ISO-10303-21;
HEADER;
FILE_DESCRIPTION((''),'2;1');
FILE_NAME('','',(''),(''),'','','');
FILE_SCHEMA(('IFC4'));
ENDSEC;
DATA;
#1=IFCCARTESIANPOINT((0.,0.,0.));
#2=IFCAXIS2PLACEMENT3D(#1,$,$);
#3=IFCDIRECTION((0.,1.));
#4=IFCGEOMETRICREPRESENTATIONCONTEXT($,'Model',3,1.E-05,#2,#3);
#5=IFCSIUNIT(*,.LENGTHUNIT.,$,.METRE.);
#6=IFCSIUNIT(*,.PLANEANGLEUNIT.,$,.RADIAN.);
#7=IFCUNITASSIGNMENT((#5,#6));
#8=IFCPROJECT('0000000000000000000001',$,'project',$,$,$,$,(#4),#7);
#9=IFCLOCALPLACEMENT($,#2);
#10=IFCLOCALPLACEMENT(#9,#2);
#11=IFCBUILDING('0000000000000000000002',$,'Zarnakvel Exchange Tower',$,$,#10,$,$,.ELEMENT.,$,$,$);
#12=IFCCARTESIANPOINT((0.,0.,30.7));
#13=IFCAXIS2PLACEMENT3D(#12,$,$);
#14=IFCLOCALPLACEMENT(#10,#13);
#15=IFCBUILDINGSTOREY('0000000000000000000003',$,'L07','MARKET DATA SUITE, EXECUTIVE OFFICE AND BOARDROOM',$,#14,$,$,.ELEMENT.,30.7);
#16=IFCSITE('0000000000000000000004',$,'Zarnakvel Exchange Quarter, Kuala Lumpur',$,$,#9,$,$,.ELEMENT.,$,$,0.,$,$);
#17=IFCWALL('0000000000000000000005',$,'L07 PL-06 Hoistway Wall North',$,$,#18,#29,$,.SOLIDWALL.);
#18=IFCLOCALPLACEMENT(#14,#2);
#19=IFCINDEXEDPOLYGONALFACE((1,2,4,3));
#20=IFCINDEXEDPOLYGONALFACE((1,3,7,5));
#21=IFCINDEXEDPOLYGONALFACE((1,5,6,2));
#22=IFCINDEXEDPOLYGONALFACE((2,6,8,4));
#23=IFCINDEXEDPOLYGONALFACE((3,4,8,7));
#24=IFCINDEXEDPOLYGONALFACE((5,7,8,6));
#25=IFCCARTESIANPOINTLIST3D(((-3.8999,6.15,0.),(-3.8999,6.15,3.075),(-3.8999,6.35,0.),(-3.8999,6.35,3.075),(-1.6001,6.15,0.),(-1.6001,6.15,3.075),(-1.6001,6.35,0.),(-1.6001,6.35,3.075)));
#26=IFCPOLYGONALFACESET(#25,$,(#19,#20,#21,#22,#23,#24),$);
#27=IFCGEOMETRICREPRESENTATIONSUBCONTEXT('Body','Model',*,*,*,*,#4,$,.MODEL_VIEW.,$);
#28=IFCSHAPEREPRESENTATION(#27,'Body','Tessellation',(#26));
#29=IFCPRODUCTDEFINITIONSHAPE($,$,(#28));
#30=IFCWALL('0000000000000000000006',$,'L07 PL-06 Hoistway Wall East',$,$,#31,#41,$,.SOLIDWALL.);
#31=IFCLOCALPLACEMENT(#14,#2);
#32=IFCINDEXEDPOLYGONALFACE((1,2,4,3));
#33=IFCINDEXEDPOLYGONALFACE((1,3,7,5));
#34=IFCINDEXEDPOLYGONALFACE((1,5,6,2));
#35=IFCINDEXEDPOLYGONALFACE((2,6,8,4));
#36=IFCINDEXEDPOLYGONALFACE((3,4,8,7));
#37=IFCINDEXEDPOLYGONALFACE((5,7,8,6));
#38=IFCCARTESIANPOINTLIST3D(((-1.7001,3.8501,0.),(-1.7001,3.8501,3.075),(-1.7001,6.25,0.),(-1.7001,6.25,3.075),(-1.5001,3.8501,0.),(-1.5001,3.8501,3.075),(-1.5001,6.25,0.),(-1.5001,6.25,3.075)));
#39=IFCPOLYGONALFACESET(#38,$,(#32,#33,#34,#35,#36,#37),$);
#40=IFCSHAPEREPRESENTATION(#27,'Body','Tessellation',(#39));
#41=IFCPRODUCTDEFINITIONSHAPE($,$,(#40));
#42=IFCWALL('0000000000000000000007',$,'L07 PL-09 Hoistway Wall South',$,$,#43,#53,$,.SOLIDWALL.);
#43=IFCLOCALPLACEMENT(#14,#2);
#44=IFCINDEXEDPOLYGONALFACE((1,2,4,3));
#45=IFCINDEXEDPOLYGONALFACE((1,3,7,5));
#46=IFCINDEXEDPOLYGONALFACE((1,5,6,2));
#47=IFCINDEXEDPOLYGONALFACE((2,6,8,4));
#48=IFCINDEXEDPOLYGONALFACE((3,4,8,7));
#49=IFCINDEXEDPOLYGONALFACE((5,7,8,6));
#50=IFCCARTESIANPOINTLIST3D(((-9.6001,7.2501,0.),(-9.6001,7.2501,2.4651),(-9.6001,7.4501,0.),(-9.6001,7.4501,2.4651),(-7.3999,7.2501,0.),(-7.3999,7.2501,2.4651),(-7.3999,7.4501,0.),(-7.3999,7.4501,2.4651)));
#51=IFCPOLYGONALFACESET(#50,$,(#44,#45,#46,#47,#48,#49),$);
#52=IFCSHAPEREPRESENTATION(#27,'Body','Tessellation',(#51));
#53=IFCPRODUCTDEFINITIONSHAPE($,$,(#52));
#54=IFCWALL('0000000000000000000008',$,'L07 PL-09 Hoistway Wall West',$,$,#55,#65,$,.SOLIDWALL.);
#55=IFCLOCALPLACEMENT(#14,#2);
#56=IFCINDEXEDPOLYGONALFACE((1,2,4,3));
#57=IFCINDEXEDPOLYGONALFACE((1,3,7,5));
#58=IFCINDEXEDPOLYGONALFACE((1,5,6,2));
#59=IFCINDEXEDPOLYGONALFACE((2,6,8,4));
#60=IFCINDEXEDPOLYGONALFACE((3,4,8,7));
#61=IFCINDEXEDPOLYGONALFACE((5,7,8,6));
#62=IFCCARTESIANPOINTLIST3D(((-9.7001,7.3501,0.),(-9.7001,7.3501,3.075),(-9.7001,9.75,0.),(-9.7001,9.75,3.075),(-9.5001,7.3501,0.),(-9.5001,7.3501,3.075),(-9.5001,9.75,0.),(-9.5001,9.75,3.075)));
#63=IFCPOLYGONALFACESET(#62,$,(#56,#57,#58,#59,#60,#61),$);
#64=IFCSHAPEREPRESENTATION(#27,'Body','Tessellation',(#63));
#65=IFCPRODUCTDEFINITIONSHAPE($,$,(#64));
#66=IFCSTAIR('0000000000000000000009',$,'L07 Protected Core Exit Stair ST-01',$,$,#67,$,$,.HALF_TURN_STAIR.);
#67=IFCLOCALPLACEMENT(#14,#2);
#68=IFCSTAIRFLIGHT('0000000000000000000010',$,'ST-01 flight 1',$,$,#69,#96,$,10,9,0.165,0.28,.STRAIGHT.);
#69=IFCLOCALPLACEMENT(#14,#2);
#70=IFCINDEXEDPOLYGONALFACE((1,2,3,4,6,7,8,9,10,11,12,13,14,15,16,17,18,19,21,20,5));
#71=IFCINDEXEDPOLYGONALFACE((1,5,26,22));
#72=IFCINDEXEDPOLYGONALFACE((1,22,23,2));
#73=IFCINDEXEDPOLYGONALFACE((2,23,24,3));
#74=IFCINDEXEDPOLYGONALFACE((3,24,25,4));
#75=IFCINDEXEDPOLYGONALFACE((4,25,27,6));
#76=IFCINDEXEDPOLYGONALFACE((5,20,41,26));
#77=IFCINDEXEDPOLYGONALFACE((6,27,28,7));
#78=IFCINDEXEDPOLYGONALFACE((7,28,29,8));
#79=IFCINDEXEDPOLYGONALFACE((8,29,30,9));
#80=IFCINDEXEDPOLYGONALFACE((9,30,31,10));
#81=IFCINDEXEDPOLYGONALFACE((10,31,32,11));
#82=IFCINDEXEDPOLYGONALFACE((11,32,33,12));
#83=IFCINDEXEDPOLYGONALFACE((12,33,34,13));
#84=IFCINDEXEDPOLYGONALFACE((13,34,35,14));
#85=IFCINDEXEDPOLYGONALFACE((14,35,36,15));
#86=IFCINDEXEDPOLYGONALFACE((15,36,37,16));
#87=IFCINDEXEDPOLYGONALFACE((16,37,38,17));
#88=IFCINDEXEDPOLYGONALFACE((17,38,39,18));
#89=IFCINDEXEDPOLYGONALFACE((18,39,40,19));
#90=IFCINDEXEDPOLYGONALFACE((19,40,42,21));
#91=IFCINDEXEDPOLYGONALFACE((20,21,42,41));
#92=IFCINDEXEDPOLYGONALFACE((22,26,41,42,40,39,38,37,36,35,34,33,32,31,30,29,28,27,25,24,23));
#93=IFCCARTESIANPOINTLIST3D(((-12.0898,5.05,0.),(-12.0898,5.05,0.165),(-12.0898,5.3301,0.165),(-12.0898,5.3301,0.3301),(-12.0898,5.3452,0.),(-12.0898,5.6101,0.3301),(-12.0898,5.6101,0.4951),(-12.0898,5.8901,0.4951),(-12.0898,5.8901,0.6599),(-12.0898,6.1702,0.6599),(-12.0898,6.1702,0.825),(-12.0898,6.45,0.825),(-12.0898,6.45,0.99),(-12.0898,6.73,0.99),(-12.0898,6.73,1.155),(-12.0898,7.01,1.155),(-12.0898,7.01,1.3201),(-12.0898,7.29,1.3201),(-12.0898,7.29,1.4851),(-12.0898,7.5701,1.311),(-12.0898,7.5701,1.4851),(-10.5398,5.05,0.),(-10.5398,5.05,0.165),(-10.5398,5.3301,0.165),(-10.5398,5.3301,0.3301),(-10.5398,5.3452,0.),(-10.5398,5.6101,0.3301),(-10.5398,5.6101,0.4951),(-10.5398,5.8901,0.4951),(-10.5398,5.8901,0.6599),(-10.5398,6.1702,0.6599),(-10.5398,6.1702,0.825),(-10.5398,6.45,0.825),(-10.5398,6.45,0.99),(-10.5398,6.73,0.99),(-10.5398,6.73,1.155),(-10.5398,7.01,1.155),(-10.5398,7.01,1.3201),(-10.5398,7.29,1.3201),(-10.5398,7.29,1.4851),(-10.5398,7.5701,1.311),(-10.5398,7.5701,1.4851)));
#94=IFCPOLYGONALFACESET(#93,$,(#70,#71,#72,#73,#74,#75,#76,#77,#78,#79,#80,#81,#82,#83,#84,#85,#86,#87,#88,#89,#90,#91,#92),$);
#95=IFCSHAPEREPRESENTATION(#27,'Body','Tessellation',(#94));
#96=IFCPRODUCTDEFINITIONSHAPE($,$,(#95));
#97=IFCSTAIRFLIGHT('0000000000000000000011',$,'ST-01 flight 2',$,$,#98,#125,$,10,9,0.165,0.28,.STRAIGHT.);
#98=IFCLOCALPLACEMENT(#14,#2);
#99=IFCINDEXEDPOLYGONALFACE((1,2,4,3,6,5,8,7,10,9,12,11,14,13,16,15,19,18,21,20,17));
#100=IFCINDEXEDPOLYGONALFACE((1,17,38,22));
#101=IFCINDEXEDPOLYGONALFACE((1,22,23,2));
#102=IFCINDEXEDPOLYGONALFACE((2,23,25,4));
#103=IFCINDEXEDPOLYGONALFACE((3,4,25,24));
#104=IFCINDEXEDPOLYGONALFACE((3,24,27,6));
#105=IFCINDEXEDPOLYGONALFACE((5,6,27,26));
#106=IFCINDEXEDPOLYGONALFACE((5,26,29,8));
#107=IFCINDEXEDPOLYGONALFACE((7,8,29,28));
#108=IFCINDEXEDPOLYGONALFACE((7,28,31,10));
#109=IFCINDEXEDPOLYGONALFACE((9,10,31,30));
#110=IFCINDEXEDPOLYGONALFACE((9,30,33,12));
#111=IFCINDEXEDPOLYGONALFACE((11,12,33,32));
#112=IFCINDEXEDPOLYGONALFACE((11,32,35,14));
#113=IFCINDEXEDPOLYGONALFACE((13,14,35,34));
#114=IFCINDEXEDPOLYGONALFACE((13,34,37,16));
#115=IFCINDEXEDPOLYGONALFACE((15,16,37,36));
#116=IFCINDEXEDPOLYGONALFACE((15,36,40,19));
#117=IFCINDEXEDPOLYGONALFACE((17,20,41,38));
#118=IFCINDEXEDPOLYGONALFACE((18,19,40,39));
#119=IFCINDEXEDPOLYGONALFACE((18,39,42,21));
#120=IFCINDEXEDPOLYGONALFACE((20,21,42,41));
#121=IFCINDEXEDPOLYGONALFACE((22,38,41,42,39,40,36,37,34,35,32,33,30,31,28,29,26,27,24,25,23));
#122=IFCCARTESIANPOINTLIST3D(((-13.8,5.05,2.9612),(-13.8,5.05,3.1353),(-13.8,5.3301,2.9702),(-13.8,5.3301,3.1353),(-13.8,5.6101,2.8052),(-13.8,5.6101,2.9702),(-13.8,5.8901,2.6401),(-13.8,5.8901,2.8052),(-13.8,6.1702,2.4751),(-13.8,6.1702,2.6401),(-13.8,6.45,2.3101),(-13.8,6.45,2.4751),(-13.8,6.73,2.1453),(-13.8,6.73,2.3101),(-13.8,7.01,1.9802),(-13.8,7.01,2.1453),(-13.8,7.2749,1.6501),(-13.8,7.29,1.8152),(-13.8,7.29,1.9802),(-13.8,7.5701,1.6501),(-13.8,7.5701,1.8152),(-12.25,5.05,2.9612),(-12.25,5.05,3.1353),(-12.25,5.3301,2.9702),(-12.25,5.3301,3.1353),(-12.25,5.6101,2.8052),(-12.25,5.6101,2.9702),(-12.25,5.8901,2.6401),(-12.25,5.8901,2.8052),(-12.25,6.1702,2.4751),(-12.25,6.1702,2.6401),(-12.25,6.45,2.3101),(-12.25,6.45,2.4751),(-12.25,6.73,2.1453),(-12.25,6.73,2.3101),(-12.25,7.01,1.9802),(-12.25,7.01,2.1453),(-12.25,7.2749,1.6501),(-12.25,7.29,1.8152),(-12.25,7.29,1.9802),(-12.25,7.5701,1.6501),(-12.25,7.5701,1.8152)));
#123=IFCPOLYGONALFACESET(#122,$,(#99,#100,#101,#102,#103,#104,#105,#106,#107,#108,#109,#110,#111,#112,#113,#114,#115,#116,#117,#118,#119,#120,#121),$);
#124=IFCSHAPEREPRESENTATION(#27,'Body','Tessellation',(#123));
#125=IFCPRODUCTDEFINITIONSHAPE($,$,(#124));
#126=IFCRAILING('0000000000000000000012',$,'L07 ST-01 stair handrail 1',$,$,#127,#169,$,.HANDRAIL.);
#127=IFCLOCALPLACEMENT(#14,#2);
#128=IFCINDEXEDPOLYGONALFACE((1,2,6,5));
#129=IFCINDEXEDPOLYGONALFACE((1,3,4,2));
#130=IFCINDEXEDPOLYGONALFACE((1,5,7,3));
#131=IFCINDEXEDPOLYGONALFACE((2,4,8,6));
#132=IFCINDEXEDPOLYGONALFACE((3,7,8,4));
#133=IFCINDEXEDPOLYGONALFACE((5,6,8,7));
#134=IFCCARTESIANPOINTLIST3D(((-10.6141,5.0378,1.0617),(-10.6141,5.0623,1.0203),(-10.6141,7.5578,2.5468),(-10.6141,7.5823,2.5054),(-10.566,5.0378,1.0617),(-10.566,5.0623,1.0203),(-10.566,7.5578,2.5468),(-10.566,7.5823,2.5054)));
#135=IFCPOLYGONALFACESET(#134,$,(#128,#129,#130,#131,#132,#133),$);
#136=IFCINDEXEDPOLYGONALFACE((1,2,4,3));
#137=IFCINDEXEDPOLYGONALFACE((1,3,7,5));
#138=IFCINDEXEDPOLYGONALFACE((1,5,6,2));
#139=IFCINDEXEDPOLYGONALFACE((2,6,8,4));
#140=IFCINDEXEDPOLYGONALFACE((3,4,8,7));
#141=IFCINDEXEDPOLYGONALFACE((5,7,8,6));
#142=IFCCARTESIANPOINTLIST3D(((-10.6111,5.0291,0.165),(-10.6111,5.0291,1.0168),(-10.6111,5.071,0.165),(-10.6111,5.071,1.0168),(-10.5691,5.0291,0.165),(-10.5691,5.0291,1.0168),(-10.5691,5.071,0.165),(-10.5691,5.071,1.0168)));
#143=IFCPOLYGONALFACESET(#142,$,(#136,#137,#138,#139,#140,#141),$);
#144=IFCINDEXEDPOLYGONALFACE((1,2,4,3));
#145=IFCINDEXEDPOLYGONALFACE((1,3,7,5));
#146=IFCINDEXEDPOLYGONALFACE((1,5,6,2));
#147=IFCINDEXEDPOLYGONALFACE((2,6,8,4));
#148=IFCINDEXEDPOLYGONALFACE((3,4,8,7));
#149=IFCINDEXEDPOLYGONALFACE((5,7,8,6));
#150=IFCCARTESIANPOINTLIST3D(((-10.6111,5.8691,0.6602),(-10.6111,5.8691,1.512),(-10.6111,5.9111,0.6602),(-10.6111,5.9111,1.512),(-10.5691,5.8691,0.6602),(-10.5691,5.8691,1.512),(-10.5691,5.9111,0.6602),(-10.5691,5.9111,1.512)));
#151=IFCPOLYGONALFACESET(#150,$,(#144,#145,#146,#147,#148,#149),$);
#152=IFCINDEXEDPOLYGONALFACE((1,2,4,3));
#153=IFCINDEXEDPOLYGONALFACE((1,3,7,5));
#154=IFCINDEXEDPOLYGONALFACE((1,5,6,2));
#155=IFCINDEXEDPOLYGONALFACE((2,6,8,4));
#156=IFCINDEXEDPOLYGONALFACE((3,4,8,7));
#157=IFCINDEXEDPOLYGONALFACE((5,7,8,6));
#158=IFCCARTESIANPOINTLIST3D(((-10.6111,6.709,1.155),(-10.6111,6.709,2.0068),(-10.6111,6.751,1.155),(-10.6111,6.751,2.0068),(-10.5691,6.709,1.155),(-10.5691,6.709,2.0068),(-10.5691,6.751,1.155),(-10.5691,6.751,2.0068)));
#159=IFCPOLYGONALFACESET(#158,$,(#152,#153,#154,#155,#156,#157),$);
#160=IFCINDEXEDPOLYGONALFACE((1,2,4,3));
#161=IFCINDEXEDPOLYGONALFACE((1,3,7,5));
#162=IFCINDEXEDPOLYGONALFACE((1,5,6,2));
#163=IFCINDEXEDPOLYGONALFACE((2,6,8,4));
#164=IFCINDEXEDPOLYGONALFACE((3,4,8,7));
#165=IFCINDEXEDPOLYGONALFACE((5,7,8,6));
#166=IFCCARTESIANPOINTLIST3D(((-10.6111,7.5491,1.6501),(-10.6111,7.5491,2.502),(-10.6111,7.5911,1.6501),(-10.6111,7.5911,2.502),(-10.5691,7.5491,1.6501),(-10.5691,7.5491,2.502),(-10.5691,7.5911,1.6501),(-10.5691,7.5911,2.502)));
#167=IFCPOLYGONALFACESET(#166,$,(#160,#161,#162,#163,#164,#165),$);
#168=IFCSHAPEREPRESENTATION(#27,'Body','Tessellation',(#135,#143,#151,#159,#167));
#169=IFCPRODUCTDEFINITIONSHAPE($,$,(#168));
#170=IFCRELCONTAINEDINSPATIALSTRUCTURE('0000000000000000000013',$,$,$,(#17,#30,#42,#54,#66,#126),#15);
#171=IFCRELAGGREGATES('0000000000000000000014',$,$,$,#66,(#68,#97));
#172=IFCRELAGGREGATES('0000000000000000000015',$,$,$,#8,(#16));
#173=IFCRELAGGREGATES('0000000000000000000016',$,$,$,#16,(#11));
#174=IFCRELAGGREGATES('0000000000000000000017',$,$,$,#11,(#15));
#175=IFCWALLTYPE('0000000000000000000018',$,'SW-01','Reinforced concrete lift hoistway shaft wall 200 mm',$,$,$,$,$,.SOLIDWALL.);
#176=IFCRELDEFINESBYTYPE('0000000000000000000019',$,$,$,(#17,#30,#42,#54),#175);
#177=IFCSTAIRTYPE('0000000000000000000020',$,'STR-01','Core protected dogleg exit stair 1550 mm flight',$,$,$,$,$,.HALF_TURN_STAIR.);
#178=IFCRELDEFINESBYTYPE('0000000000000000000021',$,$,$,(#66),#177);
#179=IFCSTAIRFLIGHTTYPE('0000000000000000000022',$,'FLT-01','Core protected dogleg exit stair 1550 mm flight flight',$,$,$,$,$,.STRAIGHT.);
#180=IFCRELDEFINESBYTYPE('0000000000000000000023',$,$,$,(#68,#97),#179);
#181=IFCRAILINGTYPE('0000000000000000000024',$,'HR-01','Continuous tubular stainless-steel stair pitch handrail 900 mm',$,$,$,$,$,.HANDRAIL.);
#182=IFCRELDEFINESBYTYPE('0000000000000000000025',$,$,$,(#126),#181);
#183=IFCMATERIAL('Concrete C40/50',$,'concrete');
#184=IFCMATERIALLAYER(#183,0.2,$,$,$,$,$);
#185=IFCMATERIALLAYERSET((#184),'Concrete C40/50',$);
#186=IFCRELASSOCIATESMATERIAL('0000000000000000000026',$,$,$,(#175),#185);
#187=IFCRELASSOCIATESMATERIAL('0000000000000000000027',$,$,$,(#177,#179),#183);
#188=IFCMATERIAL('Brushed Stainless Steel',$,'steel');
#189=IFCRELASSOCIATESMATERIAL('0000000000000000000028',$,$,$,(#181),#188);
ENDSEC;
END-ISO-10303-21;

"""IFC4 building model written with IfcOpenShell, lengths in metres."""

from ifc_helpers import new_model, si_unit, direction, frame, frame_2d, origin, origin_2d, place, context, subcontext, project, spatial, polyline, rectangle, outline, extrude, material, layer, layer_set, type_object, element, aggregate, save


model = new_model("IFC4")

# Units and contexts
model_context = context("Model", 3, precision=1e-05, world=origin(), true_north=direction((0.0, 1.0)))
body_context = subcontext(model_context, "Body", "Model", "MODEL_VIEW")
ifc_project = project(units=[si_unit("LENGTHUNIT", "METRE"), si_unit("PLANEANGLEUNIT", "RADIAN")], contexts=[model_context])

# Site, building, storey
site_placement = place(None, origin())
site = spatial("IfcSite", under=ifc_project, at=site_placement, Name="Zarnakvel Exchange Quarter, Kuala Lumpur", CompositionType="ELEMENT", RefElevation=0.0)
building_placement = place(site_placement, origin())
building = spatial("IfcBuilding", under=site, at=building_placement, Name="Zarnakvel Exchange Tower", CompositionType="ELEMENT")
storey_placement = place(building_placement, frame((0.0, 0.0, 30.7)))
storey = spatial("IfcBuildingStorey", under=building, at=storey_placement, Name="L07", Description="MARKET DATA SUITE, EXECUTIVE OFFICE AND BOARDROOM", CompositionType="ELEMENT", Elevation=30.7)

# Shared definitions
ifc_material_1 = material(Name="Concrete C40/50", Category="concrete")
ifc_layer_1 = layer(ifc_material_1, 0.2)
ifc_layer_set_1 = layer_set([ifc_layer_1], Name="Concrete C40/50")
wall_type_1 = type_object("IfcWallType", Name="SW-01", Description="Reinforced concrete lift hoistway shaft wall 200 mm", PredefinedType="SOLIDWALL", material=ifc_layer_set_1)
ifc_material_2 = material(Name="Brushed Stainless Steel", Category="steel")

# Walls
for number, where, z_axis, x_axis, name in (
    (1, (-3.8999, 6.25, 0.0), (0.0, 0.0, 1.0), (1.0, 0.0, 0.0), "L07 PL-06 Hoistway Wall North"),
):
    element("IfcWall", number, at=place(storey_placement, frame(where, z_axis=z_axis, x_axis=x_axis)), inside=storey, type_object=wall_type_1, Name=name, PredefinedType="SOLIDWALL", context=body_context, shape_type="SweptSolid", body=[
        extrude(rectangle(XDim=2.2998, YDim=0.2, at=frame_2d((1.1499, 0.0))), origin(), (0.0, 0.0, 1.0), 3.075),
    ])
wall_1_placement = place(storey_placement, frame((-1.6001, 6.25, 0.0), z_axis=(0.0, 0.0, 1.0), x_axis=(0.0, -1.0, 0.0)))
element("IfcWall", 2, at=wall_1_placement, inside=storey, type_object=wall_type_1, Name="L07 PL-06 Hoistway Wall East", PredefinedType="SOLIDWALL", context=body_context, shape_type="SweptSolid", body=[
    extrude(rectangle(XDim=2.3999, YDim=0.2, at=frame_2d((1.2, 0.0))), origin(), (0.0, 0.0, 1.0), 3.075),
])
wall_2_placement = place(storey_placement, frame((-7.3999, 7.3501, 0.0), z_axis=(0.0, 0.0, 1.0), x_axis=(-1.0, 0.0, 0.0)))
element("IfcWall", 3, at=wall_2_placement, inside=storey, type_object=wall_type_1, Name="L07 PL-09 Hoistway Wall South", PredefinedType="SOLIDWALL", context=body_context, shape_type="SweptSolid", body=[
    extrude(rectangle(XDim=2.2002, YDim=0.2, at=frame_2d((1.1001, 0.0))), origin(), (0.0, 0.0, 1.0), 2.4651),
])
wall_3_placement = place(storey_placement, frame((-9.6001, 7.3501, 0.0), z_axis=(0.0, 0.0, 1.0), x_axis=(0.0, 1.0, 0.0)))
element("IfcWall", 4, at=wall_3_placement, inside=storey, type_object=wall_type_1, Name="L07 PL-09 Hoistway Wall West", PredefinedType="SOLIDWALL", context=body_context, shape_type="SweptSolid", body=[
    extrude(rectangle(XDim=2.3999, YDim=0.2, at=frame_2d((1.2, 0.0))), origin(), (0.0, 0.0, 1.0), 3.075),
])

# Stair, stair flights
stair_type = type_object("IfcStairType", Name="STR-01", Description="Core protected dogleg exit stair 1550 mm flight", PredefinedType="HALF_TURN_STAIR", material=ifc_material_1)
stair_placement = place(storey_placement, origin())
stair = element("IfcStair", 5, at=stair_placement, inside=storey, type_object=stair_type, Name="L07 Protected Core Exit Stair ST-01", PredefinedType="HALF_TURN_STAIR")
stair_flight_type = type_object("IfcStairFlightType", Name="FLT-01", Description="Core protected dogleg exit stair 1550 mm flight flight", PredefinedType="STRAIGHT", material=ifc_material_1)
stair_flight_1_placement = place(storey_placement, frame((-11.3149, 5.05, 0.0), z_axis=(0.0, 0.0, 1.0), x_axis=(0.0, 1.0, 0.0)))
stair_flight_1 = element("IfcStairFlight", 6, at=stair_flight_1_placement, type_object=stair_flight_type, Name="ST-01 flight 1", NumberOfRisers=10, NumberOfTreads=9, PredefinedType="STRAIGHT", RiserHeight=0.165, TreadLength=0.28, context=body_context, shape_type="SweptSolid", body=[
    extrude(outline(polyline([(0.0, 0.0), (0.0, 0.165), (0.28, 0.165), (0.28, 0.3301), (0.5601, 0.3301), (0.5601, 0.4951), (0.8401, 0.4951), (0.8401, 0.6599), (1.1201, 0.6599), (1.1201, 0.825), (1.3999, 0.825), (1.3999, 0.99), (1.6799, 0.99), (1.6799, 1.155), (1.96, 1.155), (1.96, 1.3201), (2.24, 1.3201), (2.24, 1.4851), (2.52, 1.4851), (2.52, 1.6499), (2.52, 1.311), (0.2952, 0.0), (0.0, 0.0)])), frame((0.0, 0.7749, 0.0), z_axis=(0.0, -1.0, 0.0), x_axis=(1.0, 0.0, 0.0)), (0.0, 0.0, 1.0), 1.55),
])
stair_flight_2_placement = place(storey_placement, frame((-13.0249, 7.5701, 1.6501), z_axis=(0.0, 0.0, 1.0), x_axis=(0.0, -1.0, 0.0)))
stair_flight_2 = element("IfcStairFlight", 7, at=stair_flight_2_placement, type_object=stair_flight_type, Name="ST-01 flight 2", NumberOfRisers=10, NumberOfTreads=9, PredefinedType="STRAIGHT", RiserHeight=0.165, TreadLength=0.28, context=body_context, shape_type="SweptSolid", body=[
    extrude(outline(polyline([(0.0, 0.0), (0.0, 0.165), (0.28, 0.165), (0.28, 0.3301), (0.5601, 0.3301), (0.5601, 0.4951), (0.8401, 0.4951), (0.8401, 0.6599), (1.1201, 0.6599), (1.1201, 0.825), (1.3999, 0.825), (1.3999, 0.99), (1.6799, 0.99), (1.6799, 1.155), (1.96, 1.155), (1.96, 1.3201), (2.24, 1.3201), (2.24, 1.4851), (2.52, 1.4851), (2.52, 1.6499), (2.52, 1.311), (0.2952, 0.0), (0.0, 0.0)])), frame((0.0, 0.7749, 0.0), z_axis=(0.0, -1.0, 0.0), x_axis=(1.0, 0.0, 0.0)), (0.0, 0.0, 1.0), 1.55),
])
aggregate(stair, [stair_flight_1, stair_flight_2])

# Railing
railing_type_1 = type_object("IfcRailingType", Name="HR-01", Description="Continuous tubular stainless-steel stair pitch handrail 900 mm", PredefinedType="HANDRAIL", material=ifc_material_2)
railing_1_placement = place(storey_placement, frame((-10.5901, 5.05, 0.165)))
element("IfcRailing", 8, at=railing_1_placement, inside=storey, type_object=railing_type_1, Name="L07 ST-01 stair handrail 1", PredefinedType="HANDRAIL", context=body_context, shape_type="SweptSolid", body=[
    extrude(rectangle(XDim=0.0481, YDim=0.0481, at=origin_2d()), frame((0.0, 0.0, 0.876), z_axis=(0.0, 0.861524, 0.507717), x_axis=(-1.0, 0.0, 0.0)), (0.0, 0.0, 1.0), 2.925),
    extrude(rectangle(XDim=0.042, YDim=0.042, at=origin_2d()), origin(), (0.0, 0.0, 1.0), 0.8518),
    extrude(rectangle(XDim=0.042, YDim=0.042, at=origin_2d()), frame((0.0, 0.8401, 0.4951)), (0.0, 0.0, 1.0), 0.8518),
    extrude(rectangle(XDim=0.042, YDim=0.042, at=origin_2d()), frame((0.0, 1.6799, 0.99)), (0.0, 0.0, 1.0), 0.8518),
    extrude(rectangle(XDim=0.042, YDim=0.042, at=origin_2d()), frame((0.0, 2.52, 1.4851)), (0.0, 0.0, 1.0), 0.8518),
])

save(model, "model.ifc")
